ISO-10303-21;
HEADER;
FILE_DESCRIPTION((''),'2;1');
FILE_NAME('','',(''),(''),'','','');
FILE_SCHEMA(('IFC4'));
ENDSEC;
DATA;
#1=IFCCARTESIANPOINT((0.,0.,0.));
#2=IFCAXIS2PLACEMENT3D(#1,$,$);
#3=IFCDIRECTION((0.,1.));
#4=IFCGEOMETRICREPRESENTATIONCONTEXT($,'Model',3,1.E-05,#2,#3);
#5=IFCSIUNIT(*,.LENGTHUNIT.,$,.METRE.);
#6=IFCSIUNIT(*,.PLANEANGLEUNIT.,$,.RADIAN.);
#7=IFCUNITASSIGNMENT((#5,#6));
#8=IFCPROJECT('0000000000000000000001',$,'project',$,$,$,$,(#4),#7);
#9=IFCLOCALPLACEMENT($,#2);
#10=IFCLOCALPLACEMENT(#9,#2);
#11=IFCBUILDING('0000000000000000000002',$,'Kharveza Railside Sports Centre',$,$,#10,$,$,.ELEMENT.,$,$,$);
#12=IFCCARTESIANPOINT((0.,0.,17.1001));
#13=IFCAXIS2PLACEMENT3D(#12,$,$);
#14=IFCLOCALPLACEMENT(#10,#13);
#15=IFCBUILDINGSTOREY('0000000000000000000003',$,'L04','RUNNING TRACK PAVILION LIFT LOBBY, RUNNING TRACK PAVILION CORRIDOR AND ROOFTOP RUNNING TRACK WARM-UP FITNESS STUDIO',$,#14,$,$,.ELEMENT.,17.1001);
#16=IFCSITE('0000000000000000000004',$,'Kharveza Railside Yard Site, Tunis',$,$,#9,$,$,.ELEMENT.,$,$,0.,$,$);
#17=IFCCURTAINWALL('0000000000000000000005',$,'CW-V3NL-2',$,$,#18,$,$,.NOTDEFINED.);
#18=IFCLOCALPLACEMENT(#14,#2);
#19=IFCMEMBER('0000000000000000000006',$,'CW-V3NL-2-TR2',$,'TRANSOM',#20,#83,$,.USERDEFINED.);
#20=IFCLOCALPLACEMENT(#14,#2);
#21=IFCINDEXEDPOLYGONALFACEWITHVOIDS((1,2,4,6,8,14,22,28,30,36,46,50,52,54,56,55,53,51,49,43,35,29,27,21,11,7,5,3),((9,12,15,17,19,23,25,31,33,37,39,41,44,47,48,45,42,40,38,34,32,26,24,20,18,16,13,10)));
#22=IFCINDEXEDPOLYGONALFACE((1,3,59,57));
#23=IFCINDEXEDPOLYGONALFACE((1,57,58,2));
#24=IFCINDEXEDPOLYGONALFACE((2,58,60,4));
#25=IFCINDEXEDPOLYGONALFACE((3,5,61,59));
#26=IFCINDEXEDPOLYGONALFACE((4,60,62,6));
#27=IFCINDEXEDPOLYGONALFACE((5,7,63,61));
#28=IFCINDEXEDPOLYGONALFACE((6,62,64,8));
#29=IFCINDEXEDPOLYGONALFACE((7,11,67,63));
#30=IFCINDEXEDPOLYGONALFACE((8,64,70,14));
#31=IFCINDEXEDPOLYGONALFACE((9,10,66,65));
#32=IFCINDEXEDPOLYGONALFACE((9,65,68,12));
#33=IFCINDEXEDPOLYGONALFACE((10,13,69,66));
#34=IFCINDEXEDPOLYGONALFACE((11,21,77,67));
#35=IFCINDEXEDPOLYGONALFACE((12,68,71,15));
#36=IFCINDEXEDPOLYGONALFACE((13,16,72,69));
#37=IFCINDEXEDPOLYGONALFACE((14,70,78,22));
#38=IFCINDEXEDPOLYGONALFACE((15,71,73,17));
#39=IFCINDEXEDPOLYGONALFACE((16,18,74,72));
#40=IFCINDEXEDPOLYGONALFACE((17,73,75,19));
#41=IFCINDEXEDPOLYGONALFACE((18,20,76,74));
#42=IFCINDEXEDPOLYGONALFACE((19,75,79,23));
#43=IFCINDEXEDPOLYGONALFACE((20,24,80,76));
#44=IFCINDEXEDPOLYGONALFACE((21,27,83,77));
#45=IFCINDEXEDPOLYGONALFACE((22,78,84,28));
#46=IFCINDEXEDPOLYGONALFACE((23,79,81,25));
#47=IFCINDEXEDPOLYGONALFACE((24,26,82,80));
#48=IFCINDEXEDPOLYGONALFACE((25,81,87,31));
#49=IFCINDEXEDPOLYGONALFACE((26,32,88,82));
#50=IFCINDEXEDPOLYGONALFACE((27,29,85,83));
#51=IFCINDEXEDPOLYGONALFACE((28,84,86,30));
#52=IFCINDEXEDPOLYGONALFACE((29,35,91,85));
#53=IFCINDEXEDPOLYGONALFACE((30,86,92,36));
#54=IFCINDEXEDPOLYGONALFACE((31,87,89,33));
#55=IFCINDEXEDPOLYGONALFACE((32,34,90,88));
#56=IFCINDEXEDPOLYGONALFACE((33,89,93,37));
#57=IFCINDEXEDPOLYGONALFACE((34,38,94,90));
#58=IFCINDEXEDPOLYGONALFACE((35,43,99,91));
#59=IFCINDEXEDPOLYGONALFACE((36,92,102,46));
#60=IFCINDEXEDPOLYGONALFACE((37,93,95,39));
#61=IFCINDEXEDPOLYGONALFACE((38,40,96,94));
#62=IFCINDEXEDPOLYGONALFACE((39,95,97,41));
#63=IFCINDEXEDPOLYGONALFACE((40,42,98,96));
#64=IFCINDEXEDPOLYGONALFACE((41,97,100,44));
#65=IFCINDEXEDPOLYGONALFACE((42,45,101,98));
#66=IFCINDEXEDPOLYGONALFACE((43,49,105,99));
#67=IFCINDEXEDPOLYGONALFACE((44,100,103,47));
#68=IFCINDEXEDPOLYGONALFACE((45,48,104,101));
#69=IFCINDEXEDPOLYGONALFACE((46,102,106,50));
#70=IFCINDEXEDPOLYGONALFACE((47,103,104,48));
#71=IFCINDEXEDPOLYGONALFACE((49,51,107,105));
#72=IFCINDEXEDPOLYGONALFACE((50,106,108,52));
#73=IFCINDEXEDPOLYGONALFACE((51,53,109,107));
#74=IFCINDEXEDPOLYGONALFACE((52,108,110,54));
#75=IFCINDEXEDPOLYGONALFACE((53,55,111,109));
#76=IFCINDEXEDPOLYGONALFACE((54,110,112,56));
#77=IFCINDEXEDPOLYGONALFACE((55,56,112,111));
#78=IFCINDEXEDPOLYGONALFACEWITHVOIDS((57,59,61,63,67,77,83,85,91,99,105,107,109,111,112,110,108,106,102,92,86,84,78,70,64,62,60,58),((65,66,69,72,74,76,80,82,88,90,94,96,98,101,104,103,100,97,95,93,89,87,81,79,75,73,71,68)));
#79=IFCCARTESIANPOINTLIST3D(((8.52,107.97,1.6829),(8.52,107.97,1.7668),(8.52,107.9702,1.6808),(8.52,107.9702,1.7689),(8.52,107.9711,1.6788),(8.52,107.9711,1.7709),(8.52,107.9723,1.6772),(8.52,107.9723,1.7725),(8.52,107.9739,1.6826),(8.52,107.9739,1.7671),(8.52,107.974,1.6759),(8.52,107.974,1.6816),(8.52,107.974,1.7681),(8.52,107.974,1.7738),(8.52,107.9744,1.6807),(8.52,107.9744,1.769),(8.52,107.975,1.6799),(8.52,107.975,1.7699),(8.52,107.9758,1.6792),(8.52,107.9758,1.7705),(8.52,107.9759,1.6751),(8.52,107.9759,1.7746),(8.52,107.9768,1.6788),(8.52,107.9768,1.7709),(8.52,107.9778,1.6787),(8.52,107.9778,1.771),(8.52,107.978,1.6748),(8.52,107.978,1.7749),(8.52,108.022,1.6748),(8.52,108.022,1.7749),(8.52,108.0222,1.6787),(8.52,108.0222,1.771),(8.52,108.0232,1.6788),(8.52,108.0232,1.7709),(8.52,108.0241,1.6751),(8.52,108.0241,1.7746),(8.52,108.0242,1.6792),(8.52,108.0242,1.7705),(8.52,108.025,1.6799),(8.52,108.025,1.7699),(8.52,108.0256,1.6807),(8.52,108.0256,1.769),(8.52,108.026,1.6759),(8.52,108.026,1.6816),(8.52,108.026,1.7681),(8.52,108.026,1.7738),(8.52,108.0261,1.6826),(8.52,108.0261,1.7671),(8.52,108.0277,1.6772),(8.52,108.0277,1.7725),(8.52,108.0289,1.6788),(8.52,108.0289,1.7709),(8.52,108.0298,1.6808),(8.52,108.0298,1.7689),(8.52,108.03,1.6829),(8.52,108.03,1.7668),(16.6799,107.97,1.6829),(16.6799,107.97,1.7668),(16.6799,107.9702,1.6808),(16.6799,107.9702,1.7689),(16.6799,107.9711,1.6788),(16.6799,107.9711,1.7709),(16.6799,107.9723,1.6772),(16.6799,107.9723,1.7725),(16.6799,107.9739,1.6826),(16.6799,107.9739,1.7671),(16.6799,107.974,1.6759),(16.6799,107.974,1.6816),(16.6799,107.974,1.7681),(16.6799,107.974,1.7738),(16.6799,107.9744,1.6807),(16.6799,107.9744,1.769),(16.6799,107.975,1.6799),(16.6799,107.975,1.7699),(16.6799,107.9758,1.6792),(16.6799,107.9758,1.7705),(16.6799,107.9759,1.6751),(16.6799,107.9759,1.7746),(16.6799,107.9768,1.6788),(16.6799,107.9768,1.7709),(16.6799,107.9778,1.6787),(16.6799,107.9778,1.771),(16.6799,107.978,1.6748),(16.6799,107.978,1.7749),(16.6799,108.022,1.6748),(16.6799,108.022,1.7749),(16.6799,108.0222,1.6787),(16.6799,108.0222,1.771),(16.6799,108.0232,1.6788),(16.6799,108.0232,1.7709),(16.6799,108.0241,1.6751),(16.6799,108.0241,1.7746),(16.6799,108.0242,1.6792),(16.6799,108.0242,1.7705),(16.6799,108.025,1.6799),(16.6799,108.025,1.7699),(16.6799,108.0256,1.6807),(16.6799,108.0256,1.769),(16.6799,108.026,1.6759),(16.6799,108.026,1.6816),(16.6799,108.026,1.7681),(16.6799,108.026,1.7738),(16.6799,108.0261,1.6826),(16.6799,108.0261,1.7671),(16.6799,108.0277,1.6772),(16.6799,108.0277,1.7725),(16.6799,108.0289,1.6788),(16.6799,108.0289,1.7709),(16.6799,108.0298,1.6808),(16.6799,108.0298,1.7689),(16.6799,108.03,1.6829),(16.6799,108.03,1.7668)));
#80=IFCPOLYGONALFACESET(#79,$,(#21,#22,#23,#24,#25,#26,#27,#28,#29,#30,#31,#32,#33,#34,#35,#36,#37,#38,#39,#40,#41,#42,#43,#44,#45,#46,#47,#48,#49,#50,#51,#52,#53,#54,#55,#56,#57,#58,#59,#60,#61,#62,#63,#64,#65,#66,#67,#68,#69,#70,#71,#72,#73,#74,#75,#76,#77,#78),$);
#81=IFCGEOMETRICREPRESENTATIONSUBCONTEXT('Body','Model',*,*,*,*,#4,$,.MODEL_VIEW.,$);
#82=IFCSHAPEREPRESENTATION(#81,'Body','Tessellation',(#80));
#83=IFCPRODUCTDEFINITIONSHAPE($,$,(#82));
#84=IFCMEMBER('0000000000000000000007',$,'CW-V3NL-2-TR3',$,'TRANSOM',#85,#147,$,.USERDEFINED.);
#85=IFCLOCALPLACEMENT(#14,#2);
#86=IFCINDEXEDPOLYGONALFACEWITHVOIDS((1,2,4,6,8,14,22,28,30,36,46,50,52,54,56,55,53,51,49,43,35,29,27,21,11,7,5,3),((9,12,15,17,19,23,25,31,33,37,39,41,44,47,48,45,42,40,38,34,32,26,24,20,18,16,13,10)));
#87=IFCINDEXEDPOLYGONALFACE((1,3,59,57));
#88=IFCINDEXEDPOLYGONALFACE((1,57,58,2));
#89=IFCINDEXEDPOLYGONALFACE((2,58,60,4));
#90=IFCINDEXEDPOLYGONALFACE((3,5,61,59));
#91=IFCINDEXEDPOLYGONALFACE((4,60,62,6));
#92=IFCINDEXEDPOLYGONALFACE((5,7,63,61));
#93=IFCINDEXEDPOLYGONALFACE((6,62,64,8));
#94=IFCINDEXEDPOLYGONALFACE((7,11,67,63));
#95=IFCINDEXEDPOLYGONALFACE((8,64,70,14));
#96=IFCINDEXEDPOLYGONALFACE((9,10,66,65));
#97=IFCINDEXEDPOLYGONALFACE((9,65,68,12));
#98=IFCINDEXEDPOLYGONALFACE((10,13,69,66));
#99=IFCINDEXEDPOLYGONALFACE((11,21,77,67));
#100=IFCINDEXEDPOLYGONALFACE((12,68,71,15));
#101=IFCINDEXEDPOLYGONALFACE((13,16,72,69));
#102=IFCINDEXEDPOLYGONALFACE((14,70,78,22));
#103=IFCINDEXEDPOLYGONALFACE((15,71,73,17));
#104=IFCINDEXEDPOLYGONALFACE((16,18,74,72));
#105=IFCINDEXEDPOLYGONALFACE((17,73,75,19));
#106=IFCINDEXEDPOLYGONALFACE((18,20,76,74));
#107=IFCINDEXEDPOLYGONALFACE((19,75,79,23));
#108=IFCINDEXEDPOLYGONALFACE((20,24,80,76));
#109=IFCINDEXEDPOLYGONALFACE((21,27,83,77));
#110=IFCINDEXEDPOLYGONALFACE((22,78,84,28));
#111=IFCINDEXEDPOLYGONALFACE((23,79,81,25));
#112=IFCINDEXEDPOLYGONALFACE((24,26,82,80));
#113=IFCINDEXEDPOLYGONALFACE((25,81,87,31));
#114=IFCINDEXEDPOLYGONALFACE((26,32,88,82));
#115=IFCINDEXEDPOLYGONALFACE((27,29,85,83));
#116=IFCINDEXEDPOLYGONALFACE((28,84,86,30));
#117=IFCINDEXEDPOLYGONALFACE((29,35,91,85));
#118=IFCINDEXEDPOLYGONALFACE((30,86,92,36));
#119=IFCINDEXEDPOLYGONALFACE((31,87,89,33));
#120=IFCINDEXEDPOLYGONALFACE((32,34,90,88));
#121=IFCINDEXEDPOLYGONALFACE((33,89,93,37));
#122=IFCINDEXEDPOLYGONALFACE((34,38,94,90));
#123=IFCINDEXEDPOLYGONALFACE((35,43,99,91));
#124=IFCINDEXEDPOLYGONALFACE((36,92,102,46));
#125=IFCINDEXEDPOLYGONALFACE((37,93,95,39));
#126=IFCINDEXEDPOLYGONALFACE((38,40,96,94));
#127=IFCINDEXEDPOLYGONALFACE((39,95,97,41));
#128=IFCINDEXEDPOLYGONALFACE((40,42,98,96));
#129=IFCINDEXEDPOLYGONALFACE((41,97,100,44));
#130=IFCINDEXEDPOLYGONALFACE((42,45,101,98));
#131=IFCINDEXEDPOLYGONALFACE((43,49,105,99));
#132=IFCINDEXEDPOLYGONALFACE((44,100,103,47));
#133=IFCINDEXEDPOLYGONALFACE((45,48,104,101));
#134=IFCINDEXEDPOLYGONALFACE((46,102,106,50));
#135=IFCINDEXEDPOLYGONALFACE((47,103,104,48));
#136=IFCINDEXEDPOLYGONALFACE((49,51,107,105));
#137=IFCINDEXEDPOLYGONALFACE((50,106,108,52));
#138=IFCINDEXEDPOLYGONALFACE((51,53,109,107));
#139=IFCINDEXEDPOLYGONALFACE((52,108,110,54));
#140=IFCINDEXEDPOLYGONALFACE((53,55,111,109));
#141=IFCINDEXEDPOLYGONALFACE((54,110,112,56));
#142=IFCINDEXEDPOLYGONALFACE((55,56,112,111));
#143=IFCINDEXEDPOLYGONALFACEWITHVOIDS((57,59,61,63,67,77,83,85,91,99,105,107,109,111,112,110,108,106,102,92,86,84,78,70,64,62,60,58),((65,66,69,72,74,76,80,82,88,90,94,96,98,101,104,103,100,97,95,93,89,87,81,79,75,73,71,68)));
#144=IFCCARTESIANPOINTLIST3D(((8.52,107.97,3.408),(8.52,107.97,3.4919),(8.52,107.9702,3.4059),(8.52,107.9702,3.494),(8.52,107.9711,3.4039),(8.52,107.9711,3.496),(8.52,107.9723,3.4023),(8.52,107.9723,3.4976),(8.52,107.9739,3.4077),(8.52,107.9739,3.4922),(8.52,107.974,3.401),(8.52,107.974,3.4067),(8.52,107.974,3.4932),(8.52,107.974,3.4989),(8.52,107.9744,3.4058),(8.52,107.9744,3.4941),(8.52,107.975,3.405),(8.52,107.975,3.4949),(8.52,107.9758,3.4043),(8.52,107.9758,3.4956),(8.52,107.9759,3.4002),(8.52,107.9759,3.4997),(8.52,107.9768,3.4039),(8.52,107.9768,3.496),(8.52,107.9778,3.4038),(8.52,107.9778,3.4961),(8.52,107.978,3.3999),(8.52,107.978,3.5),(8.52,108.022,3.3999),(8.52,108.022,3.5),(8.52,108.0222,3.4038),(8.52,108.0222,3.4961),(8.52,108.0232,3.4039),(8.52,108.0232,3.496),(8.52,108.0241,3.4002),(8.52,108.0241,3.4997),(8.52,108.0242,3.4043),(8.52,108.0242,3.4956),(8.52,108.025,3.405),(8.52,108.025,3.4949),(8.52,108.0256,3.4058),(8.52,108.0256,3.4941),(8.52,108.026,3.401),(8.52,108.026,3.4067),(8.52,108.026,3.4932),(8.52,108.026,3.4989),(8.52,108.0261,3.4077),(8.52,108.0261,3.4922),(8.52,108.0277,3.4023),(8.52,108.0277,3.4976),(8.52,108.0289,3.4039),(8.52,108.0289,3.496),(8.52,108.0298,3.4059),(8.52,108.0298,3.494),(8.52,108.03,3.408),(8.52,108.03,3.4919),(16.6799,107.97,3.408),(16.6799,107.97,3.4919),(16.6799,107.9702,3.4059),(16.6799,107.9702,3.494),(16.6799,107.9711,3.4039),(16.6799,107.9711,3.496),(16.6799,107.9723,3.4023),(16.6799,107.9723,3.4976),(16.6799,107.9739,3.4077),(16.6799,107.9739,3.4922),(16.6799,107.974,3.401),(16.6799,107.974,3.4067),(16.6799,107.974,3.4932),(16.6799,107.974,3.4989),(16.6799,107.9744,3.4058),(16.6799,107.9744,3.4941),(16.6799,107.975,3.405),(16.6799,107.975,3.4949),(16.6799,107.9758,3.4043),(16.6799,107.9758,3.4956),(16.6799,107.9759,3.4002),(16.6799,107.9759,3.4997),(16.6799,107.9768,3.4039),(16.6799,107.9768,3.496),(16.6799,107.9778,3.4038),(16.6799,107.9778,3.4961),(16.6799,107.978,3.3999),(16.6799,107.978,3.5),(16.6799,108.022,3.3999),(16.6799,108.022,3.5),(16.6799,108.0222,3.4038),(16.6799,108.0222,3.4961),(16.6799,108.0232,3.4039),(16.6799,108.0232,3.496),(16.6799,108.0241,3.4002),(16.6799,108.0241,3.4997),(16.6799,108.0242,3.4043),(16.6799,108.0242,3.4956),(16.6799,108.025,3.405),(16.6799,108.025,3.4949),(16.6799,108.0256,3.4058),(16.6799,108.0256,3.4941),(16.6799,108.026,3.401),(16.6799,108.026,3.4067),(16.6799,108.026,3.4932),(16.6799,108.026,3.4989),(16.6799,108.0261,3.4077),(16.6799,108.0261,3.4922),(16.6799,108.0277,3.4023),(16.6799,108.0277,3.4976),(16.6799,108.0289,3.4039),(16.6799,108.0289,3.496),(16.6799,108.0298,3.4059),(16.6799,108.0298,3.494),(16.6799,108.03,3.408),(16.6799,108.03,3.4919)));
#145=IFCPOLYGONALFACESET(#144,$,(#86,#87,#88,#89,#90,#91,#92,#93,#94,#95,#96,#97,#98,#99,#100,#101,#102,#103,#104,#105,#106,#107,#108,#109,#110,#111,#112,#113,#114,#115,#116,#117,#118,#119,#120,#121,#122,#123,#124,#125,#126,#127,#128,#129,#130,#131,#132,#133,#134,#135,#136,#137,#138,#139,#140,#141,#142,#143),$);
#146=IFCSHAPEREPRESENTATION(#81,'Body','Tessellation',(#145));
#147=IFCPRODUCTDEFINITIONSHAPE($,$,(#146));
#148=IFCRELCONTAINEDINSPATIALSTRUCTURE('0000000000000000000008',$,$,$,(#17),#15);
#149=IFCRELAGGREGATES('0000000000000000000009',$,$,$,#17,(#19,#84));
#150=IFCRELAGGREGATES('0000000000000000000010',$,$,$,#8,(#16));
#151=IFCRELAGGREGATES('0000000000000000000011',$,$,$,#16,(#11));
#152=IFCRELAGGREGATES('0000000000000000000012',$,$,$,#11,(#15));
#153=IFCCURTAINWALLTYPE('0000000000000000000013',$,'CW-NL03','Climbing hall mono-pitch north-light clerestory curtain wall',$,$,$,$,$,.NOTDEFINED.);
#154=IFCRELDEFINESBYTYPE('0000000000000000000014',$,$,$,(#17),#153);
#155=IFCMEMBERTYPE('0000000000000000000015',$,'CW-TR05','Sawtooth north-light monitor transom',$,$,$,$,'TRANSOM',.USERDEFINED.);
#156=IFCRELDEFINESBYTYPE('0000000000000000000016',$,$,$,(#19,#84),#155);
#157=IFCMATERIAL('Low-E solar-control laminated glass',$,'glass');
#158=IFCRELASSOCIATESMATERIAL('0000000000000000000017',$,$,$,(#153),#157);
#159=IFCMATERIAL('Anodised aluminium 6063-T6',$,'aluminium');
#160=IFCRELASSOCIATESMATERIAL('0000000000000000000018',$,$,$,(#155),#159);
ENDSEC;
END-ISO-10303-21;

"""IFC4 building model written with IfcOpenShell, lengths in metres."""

from ifc_helpers import new_model, si_unit, direction, frame, origin, origin_2d, place, context, subcontext, project, spatial, hollow_rectangle, extrude, material, material_profile, profile_set, type_object, element, aggregate, save


model = new_model("IFC4")

# Units and contexts
model_context = context("Model", 3, precision=1e-05, world=origin(), true_north=direction((0.0, 1.0)))
body_context = subcontext(model_context, "Body", "Model", "MODEL_VIEW")
ifc_project = project(units=[si_unit("LENGTHUNIT", "METRE"), si_unit("PLANEANGLEUNIT", "RADIAN")], contexts=[model_context])

# Site, building, storey
site_placement = place(None, origin())
site = spatial("IfcSite", under=ifc_project, at=site_placement, Name="Kharveza Railside Yard Site, Tunis", CompositionType="ELEMENT", RefElevation=0.0)
building_placement = place(site_placement, origin())
building = spatial("IfcBuilding", under=site, at=building_placement, Name="Kharveza Railside Sports Centre", CompositionType="ELEMENT")
storey_placement = place(building_placement, frame((0.0, 0.0, 17.1001)))
storey = spatial("IfcBuildingStorey", under=building, at=storey_placement, Name="L04", Description="RUNNING TRACK PAVILION LIFT LOBBY, RUNNING TRACK PAVILION CORRIDOR AND ROOFTOP RUNNING TRACK WARM-UP FITNESS STUDIO", CompositionType="ELEMENT", Elevation=17.1001)

# Curtain wall
ifc_material_1 = material(Name="Low-E solar-control laminated glass", Category="glass")
curtain_wall_type = type_object("IfcCurtainWallType", Name="CW-NL03", Description="Climbing hall mono-pitch north-light clerestory curtain wall", PredefinedType="NOTDEFINED", material=ifc_material_1)
curtain_wall_1_placement = place(storey_placement, origin())
curtain_wall_1 = element("IfcCurtainWall", 1, at=curtain_wall_1_placement, inside=storey, type_object=curtain_wall_type, Name="CW-V3NL-2", PredefinedType="NOTDEFINED")
ifc_material_2 = material(Name="Anodised aluminium 6063-T6", Category="aluminium")

# Members
ifc_material_profile_1 = material_profile(ifc_material_2, hollow_rectangle(XDim=0.0601, YDim=0.1001, WallThickness=0.0039, InnerFilletRadius=0.0039, OuterFilletRadius=0.0081, at=origin_2d()), Name="RHS 60x100x4.0")
ifc_profile_set_1 = profile_set([ifc_material_profile_1], Name="Anodised aluminium 6063-T6")
member_type_1 = type_object("IfcMemberType", Name="CW-TR05", Description="Sawtooth north-light monitor transom", ElementType="TRANSOM", PredefinedType="USERDEFINED", material=ifc_profile_set_1)
member_1_placement = place(storey_placement, frame((8.52, 108.0, 1.7249), z_axis=(1.0, 0.0, 0.0), x_axis=(0.0, 1.0, 0.0)))
member_1 = element("IfcMember", 2, at=member_1_placement, type_object=member_type_1, Name="CW-V3NL-2-TR2", ObjectType="TRANSOM", PredefinedType="USERDEFINED", context=body_context, shape_type="SweptSolid", body=[
    extrude(hollow_rectangle(XDim=0.0601, YDim=0.1001, WallThickness=0.0039, InnerFilletRadius=0.0039, OuterFilletRadius=0.0081, at=origin_2d()), origin(), (0.0, 0.0, 1.0), 8.1599),
])
member_2_placement = place(storey_placement, frame((8.52, 108.0, 3.45), z_axis=(1.0, 0.0, 0.0), x_axis=(0.0, 1.0, 0.0)))
member_2 = element("IfcMember", 3, at=member_2_placement, type_object=member_type_1, Name="CW-V3NL-2-TR3", ObjectType="TRANSOM", PredefinedType="USERDEFINED", context=body_context, shape_type="SweptSolid", body=[
    extrude(hollow_rectangle(XDim=0.0601, YDim=0.1001, WallThickness=0.0039, InnerFilletRadius=0.0039, OuterFilletRadius=0.0081, at=origin_2d()), origin(), (0.0, 0.0, 1.0), 8.1599),
])

aggregate(curtain_wall_1, [member_1, member_2])

save(model, "model.ifc")
